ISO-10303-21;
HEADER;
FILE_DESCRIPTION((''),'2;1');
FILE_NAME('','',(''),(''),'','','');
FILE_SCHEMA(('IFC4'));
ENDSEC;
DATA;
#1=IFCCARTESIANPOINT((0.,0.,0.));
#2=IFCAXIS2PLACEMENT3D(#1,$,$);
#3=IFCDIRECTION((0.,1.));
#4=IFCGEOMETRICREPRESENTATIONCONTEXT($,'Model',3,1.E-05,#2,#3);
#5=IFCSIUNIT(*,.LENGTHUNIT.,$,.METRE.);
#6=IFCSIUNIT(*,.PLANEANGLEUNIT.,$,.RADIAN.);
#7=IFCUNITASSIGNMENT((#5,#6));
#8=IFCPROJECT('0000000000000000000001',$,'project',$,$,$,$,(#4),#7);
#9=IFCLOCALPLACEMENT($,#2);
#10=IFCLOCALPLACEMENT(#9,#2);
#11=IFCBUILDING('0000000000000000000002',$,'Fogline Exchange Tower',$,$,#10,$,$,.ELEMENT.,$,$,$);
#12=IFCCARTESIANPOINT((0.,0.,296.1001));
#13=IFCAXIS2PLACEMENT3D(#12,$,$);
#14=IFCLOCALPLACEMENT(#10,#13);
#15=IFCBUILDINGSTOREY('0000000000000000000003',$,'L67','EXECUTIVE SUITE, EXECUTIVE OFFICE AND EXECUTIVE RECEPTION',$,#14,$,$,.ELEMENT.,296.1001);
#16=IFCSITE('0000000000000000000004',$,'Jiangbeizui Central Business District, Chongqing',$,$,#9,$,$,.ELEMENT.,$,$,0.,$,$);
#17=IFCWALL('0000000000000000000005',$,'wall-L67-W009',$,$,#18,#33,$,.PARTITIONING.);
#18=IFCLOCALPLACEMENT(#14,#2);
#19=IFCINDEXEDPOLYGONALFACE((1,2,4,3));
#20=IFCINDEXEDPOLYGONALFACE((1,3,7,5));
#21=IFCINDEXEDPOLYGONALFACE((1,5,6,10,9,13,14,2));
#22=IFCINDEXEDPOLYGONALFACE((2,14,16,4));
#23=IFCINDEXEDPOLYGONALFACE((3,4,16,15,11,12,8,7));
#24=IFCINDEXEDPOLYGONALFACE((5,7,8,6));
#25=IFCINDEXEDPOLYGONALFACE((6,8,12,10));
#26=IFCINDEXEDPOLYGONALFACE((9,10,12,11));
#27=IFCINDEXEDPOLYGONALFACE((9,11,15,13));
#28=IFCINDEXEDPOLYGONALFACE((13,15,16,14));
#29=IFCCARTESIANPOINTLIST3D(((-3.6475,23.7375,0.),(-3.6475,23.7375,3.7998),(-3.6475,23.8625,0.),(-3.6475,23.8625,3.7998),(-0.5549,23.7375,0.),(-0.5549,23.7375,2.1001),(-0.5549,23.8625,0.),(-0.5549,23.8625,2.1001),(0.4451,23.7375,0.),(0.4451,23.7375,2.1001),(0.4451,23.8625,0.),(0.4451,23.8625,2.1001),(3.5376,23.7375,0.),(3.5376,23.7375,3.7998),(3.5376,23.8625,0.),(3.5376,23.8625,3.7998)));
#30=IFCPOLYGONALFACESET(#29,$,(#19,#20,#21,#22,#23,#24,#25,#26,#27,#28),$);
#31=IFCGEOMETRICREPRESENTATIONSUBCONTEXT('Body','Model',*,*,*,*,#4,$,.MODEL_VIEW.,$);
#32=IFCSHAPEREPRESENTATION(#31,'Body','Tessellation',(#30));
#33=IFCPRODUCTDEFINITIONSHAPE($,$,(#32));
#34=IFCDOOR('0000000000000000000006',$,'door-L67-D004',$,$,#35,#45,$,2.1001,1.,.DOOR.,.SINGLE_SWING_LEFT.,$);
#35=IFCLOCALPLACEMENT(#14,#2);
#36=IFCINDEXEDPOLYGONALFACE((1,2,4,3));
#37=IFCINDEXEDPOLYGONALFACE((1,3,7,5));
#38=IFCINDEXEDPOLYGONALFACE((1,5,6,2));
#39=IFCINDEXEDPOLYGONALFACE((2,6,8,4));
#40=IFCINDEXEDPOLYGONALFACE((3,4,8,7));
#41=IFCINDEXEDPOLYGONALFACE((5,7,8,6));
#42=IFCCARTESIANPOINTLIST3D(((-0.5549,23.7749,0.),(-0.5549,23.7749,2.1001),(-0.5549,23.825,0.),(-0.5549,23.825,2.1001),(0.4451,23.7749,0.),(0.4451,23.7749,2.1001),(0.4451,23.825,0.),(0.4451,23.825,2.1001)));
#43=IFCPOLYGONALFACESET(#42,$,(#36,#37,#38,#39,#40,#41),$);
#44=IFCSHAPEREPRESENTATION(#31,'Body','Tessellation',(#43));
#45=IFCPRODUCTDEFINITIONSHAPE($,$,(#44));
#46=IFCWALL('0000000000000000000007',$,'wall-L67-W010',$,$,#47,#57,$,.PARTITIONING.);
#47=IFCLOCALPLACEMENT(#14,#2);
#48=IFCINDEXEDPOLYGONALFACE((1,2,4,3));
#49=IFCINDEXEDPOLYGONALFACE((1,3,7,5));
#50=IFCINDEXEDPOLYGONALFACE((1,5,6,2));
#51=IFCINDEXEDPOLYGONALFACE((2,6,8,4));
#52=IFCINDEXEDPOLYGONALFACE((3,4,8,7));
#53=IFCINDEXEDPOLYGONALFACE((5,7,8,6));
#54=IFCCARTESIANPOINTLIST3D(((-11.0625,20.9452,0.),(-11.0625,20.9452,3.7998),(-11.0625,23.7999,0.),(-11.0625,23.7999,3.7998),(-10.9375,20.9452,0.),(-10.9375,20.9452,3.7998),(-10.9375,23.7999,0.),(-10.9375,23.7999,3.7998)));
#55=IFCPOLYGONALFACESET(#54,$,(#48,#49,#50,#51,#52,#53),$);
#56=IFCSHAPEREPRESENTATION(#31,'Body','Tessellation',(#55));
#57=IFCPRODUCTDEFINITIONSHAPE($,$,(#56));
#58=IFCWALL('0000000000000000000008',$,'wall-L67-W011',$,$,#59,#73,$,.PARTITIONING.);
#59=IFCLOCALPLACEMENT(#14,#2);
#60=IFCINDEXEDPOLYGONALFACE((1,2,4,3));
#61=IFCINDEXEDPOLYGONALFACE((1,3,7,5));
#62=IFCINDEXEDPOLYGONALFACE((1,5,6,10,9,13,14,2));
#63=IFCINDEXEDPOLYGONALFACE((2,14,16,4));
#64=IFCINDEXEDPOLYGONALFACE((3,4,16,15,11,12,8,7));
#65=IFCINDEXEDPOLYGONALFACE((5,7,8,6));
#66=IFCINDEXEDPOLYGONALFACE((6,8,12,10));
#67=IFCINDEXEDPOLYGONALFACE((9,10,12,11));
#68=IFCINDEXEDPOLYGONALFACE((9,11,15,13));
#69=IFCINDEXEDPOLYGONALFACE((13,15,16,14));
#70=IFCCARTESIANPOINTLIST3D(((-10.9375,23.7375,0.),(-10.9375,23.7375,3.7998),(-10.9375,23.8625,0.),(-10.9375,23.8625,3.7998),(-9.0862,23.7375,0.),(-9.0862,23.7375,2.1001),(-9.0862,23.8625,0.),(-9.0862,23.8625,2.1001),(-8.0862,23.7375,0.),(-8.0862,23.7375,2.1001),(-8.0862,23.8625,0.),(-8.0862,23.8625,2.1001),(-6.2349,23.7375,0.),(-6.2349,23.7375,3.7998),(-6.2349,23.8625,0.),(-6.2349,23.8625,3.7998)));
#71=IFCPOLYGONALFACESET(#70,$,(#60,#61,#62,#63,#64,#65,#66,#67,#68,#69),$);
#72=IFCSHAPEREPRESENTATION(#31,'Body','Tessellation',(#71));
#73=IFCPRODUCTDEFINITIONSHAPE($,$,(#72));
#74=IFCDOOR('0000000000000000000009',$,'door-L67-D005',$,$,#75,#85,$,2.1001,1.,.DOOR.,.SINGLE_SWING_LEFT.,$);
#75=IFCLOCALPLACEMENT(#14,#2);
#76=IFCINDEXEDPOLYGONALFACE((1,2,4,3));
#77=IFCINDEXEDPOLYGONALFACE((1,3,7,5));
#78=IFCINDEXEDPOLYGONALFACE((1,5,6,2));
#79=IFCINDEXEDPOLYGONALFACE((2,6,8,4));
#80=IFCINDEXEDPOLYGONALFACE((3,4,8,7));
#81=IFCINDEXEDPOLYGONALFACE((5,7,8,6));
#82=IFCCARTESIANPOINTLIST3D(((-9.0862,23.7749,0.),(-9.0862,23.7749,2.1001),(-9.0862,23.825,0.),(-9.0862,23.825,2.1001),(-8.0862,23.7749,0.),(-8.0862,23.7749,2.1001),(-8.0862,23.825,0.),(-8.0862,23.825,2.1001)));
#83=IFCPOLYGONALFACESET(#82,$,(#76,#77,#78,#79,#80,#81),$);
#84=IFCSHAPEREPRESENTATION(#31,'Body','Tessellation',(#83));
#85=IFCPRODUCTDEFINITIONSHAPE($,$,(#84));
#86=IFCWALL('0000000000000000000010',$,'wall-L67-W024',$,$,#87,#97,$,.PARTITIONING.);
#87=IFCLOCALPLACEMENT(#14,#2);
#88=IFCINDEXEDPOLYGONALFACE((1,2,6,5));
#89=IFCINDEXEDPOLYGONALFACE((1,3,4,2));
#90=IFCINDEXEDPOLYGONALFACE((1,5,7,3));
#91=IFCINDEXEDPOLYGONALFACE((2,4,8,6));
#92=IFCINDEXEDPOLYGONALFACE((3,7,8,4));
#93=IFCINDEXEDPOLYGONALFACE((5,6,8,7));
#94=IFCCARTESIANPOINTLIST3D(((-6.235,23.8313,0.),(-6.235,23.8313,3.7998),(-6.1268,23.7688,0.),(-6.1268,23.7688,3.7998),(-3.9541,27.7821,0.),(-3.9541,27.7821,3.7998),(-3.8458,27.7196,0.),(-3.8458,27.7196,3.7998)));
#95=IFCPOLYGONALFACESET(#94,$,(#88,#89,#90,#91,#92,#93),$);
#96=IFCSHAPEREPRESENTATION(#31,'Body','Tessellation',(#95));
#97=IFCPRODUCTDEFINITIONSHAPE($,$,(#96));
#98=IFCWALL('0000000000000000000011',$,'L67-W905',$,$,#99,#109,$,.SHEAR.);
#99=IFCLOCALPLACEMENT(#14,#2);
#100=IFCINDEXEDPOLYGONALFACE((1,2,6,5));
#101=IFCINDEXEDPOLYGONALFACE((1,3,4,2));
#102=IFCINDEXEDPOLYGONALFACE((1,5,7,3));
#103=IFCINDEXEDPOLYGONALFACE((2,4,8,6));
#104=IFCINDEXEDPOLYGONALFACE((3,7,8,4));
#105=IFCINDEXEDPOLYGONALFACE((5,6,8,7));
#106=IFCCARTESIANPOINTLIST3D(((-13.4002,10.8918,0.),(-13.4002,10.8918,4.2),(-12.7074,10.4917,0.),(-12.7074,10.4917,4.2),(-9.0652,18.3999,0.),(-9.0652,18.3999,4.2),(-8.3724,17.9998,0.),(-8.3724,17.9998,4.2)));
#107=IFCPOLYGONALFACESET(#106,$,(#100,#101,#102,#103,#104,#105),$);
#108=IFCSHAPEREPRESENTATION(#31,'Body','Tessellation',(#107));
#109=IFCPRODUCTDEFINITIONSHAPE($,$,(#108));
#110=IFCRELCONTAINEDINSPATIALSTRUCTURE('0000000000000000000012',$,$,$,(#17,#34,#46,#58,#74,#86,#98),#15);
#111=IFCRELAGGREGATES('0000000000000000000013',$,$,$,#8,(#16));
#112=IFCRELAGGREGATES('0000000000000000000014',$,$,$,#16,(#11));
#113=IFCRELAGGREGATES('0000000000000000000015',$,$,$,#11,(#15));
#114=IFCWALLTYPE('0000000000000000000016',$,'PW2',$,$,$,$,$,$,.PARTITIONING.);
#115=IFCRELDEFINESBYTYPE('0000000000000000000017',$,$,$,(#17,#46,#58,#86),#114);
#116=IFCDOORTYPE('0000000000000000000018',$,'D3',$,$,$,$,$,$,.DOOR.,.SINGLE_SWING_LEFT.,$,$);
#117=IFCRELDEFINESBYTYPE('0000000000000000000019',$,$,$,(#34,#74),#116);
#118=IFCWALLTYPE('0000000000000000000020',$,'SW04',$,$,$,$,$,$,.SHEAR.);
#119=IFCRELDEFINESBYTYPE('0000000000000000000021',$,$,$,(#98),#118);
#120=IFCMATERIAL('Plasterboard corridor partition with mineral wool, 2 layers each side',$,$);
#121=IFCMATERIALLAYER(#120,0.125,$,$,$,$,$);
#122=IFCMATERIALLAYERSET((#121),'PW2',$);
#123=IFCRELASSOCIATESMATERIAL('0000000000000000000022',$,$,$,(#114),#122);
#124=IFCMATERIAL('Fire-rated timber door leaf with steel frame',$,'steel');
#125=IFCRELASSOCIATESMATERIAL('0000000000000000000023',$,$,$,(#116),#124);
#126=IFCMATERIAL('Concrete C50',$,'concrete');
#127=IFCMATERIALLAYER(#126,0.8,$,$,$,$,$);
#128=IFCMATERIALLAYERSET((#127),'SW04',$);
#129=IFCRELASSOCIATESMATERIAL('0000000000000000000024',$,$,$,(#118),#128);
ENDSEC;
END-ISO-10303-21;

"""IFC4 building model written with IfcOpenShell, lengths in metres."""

from ifc_helpers import new_model, si_unit, direction, frame, frame_2d, origin, place, context, subcontext, project, spatial, rectangle, extrude, material, layer, layer_set, type_object, element, fill, save


model = new_model("IFC4")

# Units and contexts
model_context = context("Model", 3, precision=1e-05, world=origin(), true_north=direction((0.0, 1.0)))
body_context = subcontext(model_context, "Body", "Model", "MODEL_VIEW")
ifc_project = project(units=[si_unit("LENGTHUNIT", "METRE"), si_unit("PLANEANGLEUNIT", "RADIAN")], contexts=[model_context])

# Site, building, storey
site_placement = place(None, origin())
site = spatial("IfcSite", under=ifc_project, at=site_placement, Name="Jiangbeizui Central Business District, Chongqing", CompositionType="ELEMENT", RefElevation=0.0)
building_placement = place(site_placement, origin())
building = spatial("IfcBuilding", under=site, at=building_placement, Name="Fogline Exchange Tower", CompositionType="ELEMENT")
storey_placement = place(building_placement, frame((0.0, 0.0, 296.1001)))
storey = spatial("IfcBuildingStorey", under=building, at=storey_placement, Name="L67", Description="EXECUTIVE SUITE, EXECUTIVE OFFICE AND EXECUTIVE RECEPTION", CompositionType="ELEMENT", Elevation=296.1001)

# Wall, opening, door
ifc_material_1 = material(Name="Plasterboard corridor partition with mineral wool, 2 layers each side")
ifc_layer_1 = layer(ifc_material_1, 0.125)
ifc_layer_set_1 = layer_set([ifc_layer_1], Name="PW2")
wall_type_1 = type_object("IfcWallType", Name="PW2", PredefinedType="PARTITIONING", material=ifc_layer_set_1)
wall_1_placement = place(storey_placement, frame((-3.6475, 23.8, 0.0), z_axis=(0.0, 0.0, 1.0), x_axis=(1.0, 0.0, 0.0)))
wall_1 = element("IfcWall", 1, at=wall_1_placement, inside=storey, type_object=wall_type_1, Name="wall-L67-W009", PredefinedType="PARTITIONING", context=body_context, shape_type="SweptSolid", body=[
    extrude(rectangle(XDim=7.1851, YDim=0.125, at=frame_2d((3.5925, 0.0))), origin(), (0.0, 0.0, 1.0), 3.7998),
])
opening_1_placement = place(wall_1_placement, frame((3.0925, 0.0, 0.0)))
opening_1 = element("IfcOpeningElement", 2, at=opening_1_placement, cuts=wall_1, PredefinedType="OPENING", context=body_context, shape_type="SweptSolid", body=[
    extrude(rectangle(XDim=1.0, YDim=2.1001, at=frame_2d((0.5, 1.05))), frame((0.0, 0.0725, 0.0), z_axis=(0.0, -1.0, 0.0), x_axis=(1.0, 0.0, 0.0)), (0.0, 0.0, 1.0), 0.145),
])
ifc_material_2 = material(Name="Fire-rated timber door leaf with steel frame", Category="steel")
door_type_1 = type_object("IfcDoorType", Name="D3", OperationType="SINGLE_SWING_LEFT", PredefinedType="DOOR", material=ifc_material_2)
door_1_placement = place(opening_1_placement, origin())
door_1 = element("IfcDoor", 3, at=door_1_placement, inside=storey, type_object=door_type_1, Name="door-L67-D004", OperationType="SINGLE_SWING_LEFT", OverallHeight=2.1001, OverallWidth=1.0, PredefinedType="DOOR", context=body_context, shape_type="SweptSolid", body=[
    extrude(rectangle(XDim=1.0, YDim=2.1001, at=frame_2d((0.5, 1.05))), frame((0.0, 0.0249, 0.0), z_axis=(0.0, -1.0, 0.0), x_axis=(1.0, 0.0, 0.0)), (0.0, 0.0, 1.0), 0.05),
])
fill(opening_1, door_1)

# Wall
wall_2_placement = place(storey_placement, frame((-11.0, 20.9453, 0.0), z_axis=(0.0, 0.0, 1.0), x_axis=(0.0, 1.0, 0.0)))
element("IfcWall", 4, at=wall_2_placement, inside=storey, type_object=wall_type_1, Name="wall-L67-W010", PredefinedType="PARTITIONING", context=body_context, shape_type="SweptSolid", body=[
    extrude(rectangle(XDim=2.8547, YDim=0.125, at=frame_2d((1.4272, 0.0))), origin(), (0.0, 0.0, 1.0), 3.7998),
])

# Wall, opening, door
wall_3_placement = place(storey_placement, frame((-10.9375, 23.8, 0.0), z_axis=(0.0, 0.0, 1.0), x_axis=(1.0, 0.0, 0.0)))
wall_3 = element("IfcWall", 5, at=wall_3_placement, inside=storey, type_object=wall_type_1, Name="wall-L67-W011", PredefinedType="PARTITIONING", context=body_context, shape_type="SweptSolid", body=[
    extrude(rectangle(XDim=4.7026, YDim=0.125, at=frame_2d((2.3513, 0.0))), origin(), (0.0, 0.0, 1.0), 3.7998),
])
opening_2_placement = place(wall_3_placement, frame((1.8513, 0.0, 0.0)))
opening_2 = element("IfcOpeningElement", 6, at=opening_2_placement, cuts=wall_3, PredefinedType="OPENING", context=body_context, shape_type="SweptSolid", body=[
    extrude(rectangle(XDim=1.0, YDim=2.1001, at=frame_2d((0.5, 1.05))), frame((0.0, 0.0725, 0.0), z_axis=(0.0, -1.0, 0.0), x_axis=(1.0, 0.0, 0.0)), (0.0, 0.0, 1.0), 0.145),
])
door_2_placement = place(opening_2_placement, origin())
door_2 = element("IfcDoor", 7, at=door_2_placement, inside=storey, type_object=door_type_1, Name="door-L67-D005", OperationType="SINGLE_SWING_LEFT", OverallHeight=2.1001, OverallWidth=1.0, PredefinedType="DOOR", context=body_context, shape_type="SweptSolid", body=[
    extrude(rectangle(XDim=1.0, YDim=2.1001, at=frame_2d((0.5, 1.05))), frame((0.0, 0.0249, 0.0), z_axis=(0.0, -1.0, 0.0), x_axis=(1.0, 0.0, 0.0)), (0.0, 0.0, 1.0), 0.05),
])
fill(opening_2, door_2)

# Walls
wall_4_placement = place(storey_placement, frame((-6.1809, 23.8, 0.0), z_axis=(0.0, 0.0, 1.0), x_axis=(0.49999, 0.866031, 0.0)))
element("IfcWall", 8, at=wall_4_placement, inside=storey, type_object=wall_type_1, Name="wall-L67-W024", PredefinedType="PARTITIONING", context=body_context, shape_type="SweptSolid", body=[
    extrude(rectangle(XDim=4.562, YDim=0.125, at=frame_2d((2.281, 0.0))), origin(), (0.0, 0.0, 1.0), 3.7998),
])
ifc_material_3 = material(Name="Concrete C50", Category="concrete")
ifc_layer_2 = layer(ifc_material_3, 0.8)
ifc_layer_set_2 = layer_set([ifc_layer_2], Name="SW04")
wall_type_2 = type_object("IfcWallType", Name="SW04", PredefinedType="SHEAR", material=ifc_layer_set_2)
wall_5_placement = place(storey_placement, frame((-8.7188, 18.2, 0.0), z_axis=(0.0, 0.0, 1.0), x_axis=(-0.500016, -0.866016, 0.0)))
element("IfcWall", 9, at=wall_5_placement, inside=storey, type_object=wall_type_2, Name="L67-W905", PredefinedType="SHEAR", context=body_context, shape_type="SweptSolid", body=[
    extrude(rectangle(XDim=8.6697, YDim=0.8, at=frame_2d((4.335, 0.0))), origin(), (0.0, 0.0, 1.0), 4.2),
])

save(model, "model.ifc")
